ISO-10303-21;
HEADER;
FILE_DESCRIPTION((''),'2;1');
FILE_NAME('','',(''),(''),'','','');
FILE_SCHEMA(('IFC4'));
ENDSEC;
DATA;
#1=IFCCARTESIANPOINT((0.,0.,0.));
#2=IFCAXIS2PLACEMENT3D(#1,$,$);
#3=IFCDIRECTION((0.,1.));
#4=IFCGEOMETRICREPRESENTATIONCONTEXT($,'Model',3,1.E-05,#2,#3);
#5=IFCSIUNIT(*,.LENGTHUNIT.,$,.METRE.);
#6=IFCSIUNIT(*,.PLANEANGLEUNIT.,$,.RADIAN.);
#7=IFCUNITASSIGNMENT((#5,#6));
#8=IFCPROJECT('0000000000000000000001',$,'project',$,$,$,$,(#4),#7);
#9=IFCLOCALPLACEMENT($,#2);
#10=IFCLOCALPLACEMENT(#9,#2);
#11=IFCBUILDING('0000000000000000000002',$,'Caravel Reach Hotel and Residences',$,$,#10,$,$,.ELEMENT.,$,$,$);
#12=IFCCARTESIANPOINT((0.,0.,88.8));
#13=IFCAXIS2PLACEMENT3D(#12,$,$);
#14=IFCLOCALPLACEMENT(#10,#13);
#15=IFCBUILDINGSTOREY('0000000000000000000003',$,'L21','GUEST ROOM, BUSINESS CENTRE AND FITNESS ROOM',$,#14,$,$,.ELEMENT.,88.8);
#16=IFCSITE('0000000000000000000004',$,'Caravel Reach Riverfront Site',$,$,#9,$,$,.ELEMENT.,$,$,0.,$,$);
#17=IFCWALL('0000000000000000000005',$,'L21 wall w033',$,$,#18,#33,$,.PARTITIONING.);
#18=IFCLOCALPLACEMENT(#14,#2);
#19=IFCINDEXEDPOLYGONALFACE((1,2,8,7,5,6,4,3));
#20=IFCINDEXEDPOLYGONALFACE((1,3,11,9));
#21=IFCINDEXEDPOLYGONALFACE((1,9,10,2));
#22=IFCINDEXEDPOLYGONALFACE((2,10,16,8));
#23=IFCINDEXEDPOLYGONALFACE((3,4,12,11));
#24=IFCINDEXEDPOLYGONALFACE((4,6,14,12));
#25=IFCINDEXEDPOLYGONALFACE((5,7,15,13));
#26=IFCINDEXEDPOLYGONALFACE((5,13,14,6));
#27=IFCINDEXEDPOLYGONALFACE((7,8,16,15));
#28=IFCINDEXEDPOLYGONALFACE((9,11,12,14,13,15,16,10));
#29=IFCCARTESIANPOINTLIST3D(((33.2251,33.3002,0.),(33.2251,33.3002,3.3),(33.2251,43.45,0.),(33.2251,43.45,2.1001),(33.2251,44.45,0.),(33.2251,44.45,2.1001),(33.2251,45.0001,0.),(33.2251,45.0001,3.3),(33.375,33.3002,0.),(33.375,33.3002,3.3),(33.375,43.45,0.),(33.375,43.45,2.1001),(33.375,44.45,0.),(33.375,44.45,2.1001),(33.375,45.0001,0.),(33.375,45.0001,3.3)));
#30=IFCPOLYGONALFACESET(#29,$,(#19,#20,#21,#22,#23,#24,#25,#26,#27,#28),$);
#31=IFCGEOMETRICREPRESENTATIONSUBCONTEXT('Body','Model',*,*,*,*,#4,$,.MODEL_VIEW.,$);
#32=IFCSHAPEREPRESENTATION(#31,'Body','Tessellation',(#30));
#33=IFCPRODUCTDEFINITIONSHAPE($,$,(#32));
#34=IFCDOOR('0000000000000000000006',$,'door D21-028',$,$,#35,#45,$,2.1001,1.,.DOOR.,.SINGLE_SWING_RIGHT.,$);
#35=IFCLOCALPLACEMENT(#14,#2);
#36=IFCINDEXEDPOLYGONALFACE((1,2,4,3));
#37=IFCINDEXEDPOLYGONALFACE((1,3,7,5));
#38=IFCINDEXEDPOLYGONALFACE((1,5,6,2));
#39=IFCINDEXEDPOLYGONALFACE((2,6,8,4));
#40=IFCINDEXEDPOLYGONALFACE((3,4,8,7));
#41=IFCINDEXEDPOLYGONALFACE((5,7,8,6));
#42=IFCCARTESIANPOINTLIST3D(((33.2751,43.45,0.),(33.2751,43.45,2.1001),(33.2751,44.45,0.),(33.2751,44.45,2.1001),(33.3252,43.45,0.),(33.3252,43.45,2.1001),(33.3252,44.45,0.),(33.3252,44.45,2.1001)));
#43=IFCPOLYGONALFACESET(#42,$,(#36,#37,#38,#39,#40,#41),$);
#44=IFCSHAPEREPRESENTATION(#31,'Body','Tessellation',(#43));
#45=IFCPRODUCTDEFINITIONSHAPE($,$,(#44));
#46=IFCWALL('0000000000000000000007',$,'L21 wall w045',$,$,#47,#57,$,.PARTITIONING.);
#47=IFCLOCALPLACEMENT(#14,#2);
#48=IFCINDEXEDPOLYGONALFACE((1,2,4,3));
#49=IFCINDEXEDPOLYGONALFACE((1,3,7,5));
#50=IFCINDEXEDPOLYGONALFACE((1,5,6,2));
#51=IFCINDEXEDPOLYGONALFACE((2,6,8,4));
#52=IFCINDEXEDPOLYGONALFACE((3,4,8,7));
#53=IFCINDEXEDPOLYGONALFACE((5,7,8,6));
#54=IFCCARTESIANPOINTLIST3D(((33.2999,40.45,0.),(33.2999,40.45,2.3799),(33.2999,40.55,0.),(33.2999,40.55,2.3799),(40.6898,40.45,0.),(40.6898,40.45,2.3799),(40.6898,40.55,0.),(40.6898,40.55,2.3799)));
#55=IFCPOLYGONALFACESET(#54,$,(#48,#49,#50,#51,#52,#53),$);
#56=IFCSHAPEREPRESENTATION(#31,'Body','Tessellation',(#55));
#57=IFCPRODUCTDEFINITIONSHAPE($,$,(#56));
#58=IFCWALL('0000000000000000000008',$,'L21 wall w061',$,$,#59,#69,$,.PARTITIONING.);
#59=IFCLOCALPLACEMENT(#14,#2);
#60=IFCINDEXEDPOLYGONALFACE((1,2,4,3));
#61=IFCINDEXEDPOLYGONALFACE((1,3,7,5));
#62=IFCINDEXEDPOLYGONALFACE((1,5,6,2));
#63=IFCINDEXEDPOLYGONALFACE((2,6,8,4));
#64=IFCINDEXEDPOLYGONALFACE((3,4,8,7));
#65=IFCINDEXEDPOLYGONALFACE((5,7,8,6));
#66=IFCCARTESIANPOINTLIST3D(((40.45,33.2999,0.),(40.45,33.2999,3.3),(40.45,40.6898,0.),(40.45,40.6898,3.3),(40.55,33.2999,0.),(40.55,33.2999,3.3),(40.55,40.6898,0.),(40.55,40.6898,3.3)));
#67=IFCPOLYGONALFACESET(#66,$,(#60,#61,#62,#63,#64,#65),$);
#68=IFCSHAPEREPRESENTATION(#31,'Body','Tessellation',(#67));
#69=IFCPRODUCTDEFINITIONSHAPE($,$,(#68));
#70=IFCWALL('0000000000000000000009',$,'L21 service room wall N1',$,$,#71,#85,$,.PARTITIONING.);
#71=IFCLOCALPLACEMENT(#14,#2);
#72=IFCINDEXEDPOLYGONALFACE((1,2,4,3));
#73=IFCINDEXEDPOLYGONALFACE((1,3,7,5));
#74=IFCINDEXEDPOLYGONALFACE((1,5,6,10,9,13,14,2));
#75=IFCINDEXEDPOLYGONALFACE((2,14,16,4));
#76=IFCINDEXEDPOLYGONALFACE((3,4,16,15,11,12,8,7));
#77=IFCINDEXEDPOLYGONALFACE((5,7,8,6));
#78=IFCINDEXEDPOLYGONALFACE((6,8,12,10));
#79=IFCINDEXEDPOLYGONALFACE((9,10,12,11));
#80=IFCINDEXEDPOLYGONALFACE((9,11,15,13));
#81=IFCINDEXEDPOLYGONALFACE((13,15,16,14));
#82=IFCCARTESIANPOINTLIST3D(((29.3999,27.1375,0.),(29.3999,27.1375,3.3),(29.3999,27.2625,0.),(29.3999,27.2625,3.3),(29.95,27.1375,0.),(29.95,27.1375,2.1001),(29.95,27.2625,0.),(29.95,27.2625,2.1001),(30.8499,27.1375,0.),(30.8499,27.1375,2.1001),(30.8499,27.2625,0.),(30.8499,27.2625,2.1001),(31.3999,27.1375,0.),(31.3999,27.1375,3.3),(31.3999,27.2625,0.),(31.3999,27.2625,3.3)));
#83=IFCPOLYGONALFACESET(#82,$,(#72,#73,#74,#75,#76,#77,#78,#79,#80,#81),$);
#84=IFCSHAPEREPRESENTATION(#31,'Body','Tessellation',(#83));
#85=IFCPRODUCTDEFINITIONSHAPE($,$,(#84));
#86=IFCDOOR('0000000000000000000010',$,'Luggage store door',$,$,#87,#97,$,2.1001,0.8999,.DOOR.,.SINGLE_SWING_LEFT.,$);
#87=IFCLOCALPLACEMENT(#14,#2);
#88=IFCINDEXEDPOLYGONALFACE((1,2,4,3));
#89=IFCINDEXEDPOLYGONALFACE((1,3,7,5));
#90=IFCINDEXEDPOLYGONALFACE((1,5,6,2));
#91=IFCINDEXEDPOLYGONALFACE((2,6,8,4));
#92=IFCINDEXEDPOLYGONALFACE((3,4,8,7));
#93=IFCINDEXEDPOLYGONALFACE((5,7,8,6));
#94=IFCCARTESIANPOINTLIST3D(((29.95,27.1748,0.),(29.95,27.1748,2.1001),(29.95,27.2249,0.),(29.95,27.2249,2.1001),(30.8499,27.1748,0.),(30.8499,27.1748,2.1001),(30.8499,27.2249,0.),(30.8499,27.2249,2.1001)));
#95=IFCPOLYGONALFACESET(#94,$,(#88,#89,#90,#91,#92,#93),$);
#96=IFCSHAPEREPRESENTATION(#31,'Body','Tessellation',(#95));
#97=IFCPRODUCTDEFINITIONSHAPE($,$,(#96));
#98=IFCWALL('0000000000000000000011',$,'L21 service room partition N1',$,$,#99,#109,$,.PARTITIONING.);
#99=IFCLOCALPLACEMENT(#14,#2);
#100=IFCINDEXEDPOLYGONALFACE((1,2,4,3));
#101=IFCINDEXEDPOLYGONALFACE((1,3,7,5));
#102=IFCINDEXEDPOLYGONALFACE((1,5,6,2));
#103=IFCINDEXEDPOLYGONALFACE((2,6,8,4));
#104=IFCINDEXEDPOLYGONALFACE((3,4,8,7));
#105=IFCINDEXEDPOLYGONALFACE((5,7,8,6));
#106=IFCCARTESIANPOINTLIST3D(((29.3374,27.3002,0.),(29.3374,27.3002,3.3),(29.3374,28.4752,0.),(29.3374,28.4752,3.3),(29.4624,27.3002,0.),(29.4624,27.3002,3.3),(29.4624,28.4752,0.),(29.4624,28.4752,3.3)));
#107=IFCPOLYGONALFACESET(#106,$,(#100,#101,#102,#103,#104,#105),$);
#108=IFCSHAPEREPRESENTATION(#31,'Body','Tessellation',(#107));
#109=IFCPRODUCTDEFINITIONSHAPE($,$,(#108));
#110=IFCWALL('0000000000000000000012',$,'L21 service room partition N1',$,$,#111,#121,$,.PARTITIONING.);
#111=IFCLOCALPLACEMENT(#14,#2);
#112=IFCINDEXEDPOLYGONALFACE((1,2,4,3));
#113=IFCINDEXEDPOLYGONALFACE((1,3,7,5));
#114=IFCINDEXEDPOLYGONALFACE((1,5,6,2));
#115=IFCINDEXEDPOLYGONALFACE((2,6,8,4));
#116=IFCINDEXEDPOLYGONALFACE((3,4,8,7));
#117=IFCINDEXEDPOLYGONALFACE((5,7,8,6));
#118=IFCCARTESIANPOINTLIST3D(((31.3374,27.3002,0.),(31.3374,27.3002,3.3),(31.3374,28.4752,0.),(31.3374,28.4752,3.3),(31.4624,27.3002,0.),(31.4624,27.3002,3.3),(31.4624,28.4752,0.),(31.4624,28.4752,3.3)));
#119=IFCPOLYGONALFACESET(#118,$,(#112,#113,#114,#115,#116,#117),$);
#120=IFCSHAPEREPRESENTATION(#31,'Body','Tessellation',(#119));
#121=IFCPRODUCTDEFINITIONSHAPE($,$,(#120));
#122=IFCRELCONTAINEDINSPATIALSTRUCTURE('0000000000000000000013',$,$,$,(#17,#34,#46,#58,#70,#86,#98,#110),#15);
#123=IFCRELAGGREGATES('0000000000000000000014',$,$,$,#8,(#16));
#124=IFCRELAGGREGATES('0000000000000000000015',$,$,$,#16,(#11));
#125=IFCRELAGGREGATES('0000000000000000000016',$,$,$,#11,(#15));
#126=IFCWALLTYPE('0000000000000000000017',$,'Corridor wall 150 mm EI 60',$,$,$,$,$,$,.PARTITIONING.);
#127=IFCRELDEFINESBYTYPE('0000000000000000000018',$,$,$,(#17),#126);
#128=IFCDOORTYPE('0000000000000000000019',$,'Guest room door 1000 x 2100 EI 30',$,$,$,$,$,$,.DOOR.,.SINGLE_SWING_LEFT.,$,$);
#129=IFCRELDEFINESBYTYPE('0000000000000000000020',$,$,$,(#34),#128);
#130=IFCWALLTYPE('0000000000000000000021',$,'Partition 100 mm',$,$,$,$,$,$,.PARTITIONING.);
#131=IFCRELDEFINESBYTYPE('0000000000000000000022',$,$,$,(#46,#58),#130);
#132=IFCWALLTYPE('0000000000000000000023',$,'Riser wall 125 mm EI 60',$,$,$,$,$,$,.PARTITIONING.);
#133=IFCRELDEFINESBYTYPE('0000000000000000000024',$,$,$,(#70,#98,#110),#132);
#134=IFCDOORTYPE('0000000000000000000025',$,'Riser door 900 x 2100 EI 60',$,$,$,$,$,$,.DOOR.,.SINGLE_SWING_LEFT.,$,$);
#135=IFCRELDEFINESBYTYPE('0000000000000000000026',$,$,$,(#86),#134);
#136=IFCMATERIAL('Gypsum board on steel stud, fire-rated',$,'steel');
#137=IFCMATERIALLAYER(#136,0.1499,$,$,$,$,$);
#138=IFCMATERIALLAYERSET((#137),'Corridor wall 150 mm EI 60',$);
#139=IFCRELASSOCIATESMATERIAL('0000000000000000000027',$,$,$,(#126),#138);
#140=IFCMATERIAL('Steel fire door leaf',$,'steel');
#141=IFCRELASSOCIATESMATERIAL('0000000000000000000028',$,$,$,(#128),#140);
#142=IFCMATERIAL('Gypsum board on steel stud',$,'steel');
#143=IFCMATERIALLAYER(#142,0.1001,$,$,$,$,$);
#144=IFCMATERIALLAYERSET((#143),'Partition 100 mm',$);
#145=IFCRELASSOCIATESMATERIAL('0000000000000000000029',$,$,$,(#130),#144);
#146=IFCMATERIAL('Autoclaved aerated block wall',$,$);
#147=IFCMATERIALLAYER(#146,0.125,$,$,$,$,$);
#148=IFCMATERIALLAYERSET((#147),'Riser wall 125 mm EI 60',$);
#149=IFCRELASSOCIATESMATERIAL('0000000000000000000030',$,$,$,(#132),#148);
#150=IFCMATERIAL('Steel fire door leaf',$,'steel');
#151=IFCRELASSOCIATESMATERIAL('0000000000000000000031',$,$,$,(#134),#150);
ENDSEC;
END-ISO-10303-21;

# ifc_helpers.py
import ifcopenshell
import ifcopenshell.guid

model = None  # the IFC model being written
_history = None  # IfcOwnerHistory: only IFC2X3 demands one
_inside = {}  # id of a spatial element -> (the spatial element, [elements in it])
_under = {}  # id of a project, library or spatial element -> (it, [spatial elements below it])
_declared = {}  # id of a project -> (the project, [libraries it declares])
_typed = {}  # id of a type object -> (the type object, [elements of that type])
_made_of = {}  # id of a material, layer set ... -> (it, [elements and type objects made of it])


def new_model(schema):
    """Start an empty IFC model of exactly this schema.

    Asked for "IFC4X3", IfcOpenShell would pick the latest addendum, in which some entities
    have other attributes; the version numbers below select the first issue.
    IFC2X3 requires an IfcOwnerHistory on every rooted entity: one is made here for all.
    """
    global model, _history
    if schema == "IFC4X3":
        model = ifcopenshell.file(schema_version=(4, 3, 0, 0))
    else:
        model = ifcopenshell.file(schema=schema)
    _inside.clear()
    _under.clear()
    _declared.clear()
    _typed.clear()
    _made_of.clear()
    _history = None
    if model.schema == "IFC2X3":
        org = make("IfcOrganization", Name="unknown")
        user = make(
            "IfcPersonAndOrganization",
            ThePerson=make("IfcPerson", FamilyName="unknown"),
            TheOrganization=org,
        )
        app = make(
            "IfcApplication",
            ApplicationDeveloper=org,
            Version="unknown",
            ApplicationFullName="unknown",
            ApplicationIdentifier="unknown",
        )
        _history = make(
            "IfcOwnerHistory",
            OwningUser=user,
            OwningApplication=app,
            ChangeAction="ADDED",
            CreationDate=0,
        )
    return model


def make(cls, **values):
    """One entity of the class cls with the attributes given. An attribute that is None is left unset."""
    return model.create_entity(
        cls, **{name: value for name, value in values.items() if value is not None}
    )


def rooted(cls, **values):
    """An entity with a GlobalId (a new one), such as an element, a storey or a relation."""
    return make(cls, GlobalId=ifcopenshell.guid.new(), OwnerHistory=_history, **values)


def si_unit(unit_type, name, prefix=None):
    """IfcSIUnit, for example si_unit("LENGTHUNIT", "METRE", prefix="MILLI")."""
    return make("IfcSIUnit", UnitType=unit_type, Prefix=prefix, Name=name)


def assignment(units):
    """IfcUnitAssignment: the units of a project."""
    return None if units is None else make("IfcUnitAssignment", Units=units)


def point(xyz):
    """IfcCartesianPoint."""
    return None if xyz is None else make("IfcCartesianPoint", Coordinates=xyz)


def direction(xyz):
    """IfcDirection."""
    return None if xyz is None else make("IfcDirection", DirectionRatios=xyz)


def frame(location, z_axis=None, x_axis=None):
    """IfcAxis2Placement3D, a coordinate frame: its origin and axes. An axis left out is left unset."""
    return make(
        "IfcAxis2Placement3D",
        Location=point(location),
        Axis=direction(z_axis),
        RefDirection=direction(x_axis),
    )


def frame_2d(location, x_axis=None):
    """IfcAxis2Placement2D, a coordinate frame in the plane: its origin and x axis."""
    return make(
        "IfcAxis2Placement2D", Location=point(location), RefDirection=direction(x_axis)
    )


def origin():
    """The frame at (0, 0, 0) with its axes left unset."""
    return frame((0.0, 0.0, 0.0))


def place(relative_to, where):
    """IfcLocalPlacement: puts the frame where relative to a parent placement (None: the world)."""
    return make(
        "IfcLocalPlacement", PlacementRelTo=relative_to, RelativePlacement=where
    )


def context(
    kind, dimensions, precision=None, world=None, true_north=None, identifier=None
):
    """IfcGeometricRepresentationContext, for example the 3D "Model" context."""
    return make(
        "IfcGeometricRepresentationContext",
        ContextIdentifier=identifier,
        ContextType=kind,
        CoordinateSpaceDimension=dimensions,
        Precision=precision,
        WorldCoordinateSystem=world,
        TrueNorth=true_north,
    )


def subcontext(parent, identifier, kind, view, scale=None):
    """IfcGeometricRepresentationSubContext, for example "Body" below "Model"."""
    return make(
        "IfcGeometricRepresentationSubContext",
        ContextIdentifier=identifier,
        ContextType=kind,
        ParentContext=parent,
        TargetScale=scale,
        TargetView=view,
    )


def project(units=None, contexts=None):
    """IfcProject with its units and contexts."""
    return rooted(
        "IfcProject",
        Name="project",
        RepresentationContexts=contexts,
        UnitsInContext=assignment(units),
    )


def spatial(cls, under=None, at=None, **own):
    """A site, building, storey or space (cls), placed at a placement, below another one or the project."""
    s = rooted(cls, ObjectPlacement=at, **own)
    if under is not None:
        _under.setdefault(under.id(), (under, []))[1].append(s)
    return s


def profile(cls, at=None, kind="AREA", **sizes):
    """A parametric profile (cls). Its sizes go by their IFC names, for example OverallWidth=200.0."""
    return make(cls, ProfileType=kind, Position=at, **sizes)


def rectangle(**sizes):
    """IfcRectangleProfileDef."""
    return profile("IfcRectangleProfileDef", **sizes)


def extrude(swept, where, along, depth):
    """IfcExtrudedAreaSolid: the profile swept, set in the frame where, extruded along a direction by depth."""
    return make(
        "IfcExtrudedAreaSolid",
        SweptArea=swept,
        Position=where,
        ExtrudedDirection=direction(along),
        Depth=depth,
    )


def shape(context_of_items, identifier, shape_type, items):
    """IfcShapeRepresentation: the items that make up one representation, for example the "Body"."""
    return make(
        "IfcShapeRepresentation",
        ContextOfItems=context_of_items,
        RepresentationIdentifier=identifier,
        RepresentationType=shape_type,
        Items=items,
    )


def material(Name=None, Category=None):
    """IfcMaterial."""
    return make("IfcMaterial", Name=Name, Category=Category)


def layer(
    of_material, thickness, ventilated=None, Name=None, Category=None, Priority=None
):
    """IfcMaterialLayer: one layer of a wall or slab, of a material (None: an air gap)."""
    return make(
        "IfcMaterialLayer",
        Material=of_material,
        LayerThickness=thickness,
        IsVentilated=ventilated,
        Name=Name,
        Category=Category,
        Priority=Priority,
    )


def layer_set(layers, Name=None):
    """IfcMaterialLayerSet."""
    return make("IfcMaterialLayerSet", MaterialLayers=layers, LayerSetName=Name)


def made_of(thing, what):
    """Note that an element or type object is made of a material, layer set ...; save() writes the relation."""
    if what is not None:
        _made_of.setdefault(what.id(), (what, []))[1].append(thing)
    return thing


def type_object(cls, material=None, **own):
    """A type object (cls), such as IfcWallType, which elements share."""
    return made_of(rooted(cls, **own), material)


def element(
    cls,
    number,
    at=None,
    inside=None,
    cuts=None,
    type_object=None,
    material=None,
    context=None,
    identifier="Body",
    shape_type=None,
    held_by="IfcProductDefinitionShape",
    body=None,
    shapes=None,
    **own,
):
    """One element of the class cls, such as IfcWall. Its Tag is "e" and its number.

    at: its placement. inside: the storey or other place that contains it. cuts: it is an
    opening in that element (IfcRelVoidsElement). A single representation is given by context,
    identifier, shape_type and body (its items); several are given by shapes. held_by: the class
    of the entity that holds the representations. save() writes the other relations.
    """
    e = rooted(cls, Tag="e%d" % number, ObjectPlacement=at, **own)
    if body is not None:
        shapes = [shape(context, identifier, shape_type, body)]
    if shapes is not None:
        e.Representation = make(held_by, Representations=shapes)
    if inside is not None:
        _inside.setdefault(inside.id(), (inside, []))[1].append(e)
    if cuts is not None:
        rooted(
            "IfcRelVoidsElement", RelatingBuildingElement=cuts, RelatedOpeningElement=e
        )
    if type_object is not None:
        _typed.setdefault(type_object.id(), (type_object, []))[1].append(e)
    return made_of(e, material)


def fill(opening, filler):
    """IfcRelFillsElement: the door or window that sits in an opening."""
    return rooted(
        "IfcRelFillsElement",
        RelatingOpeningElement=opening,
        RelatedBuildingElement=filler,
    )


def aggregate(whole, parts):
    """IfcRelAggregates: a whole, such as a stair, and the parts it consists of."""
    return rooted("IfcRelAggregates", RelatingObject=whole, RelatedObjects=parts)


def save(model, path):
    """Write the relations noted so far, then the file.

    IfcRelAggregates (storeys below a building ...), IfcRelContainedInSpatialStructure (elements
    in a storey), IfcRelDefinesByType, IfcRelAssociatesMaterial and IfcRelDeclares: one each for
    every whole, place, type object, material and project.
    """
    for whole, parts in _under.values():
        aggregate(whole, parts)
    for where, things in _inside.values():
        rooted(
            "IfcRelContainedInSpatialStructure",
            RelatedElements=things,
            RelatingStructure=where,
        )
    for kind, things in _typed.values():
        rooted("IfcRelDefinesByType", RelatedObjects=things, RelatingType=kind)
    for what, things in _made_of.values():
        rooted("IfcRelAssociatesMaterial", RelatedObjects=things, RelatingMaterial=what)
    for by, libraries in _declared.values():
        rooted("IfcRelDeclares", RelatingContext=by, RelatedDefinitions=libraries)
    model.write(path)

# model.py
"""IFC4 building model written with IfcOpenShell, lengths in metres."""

from ifc_helpers import new_model, si_unit, direction, frame, frame_2d, origin, place, context, subcontext, project, spatial, rectangle, extrude, material, layer, layer_set, type_object, element, fill, save


model = new_model("IFC4")

# Units and contexts
model_context = context("Model", 3, precision=1e-05, world=origin(), true_north=direction((0.0, 1.0)))
body_context = subcontext(model_context, "Body", "Model", "MODEL_VIEW")
ifc_project = project(units=[si_unit("LENGTHUNIT", "METRE"), si_unit("PLANEANGLEUNIT", "RADIAN")], contexts=[model_context])

# Site, building, storey
site_placement = place(None, origin())
site = spatial("IfcSite", under=ifc_project, at=site_placement, Name="Caravel Reach Riverfront Site", CompositionType="ELEMENT", RefElevation=0.0)
building_placement = place(site_placement, origin())
building = spatial("IfcBuilding", under=site, at=building_placement, Name="Caravel Reach Hotel and Residences", CompositionType="ELEMENT")
storey_placement = place(building_placement, frame((0.0, 0.0, 88.8)))
storey = spatial("IfcBuildingStorey", under=building, at=storey_placement, Name="L21", Description="GUEST ROOM, BUSINESS CENTRE AND FITNESS ROOM", CompositionType="ELEMENT", Elevation=88.8)

# Shared definitions
ifc_material_1 = material(Name="Gypsum board on steel stud, fire-rated", Category="steel")
ifc_layer_1 = layer(ifc_material_1, 0.1499)
ifc_layer_set_1 = layer_set([ifc_layer_1], Name="Corridor wall 150 mm EI 60")
wall_type_1 = type_object("IfcWallType", Name="Corridor wall 150 mm EI 60", PredefinedType="PARTITIONING", material=ifc_layer_set_1)
ifc_material_2 = material(Name="Steel fire door leaf", Category="steel")
door_type_1 = type_object("IfcDoorType", Name="Guest room door 1000 x 2100 EI 30", OperationType="SINGLE_SWING_LEFT", PredefinedType="DOOR", material=ifc_material_2)

# Wall, opening, door
wall_1_placement = place(storey_placement, frame((33.3, 33.3, 0.0), z_axis=(0.0, 0.0, 1.0), x_axis=(0.0, 1.0, 0.0)))
wall_1 = element("IfcWall", 1, at=wall_1_placement, inside=storey, type_object=wall_type_1, Name="L21 wall w033", PredefinedType="PARTITIONING", context=body_context, shape_type="SweptSolid", body=[
    extrude(rectangle(XDim=11.7, YDim=0.1499, at=frame_2d((5.8501, 0.0))), origin(), (0.0, 0.0, 1.0), 3.3),
])
opening_1_placement = place(wall_1_placement, frame((10.1499, 0.0, 0.0)))
opening_1 = element("IfcOpeningElement", 2, at=opening_1_placement, cuts=wall_1, PredefinedType="OPENING", context=body_context, shape_type="SweptSolid", body=[
    extrude(rectangle(XDim=1.0, YDim=2.1001, at=frame_2d((0.5, 1.05))), frame((0.0, 0.085, 0.0), z_axis=(0.0, -1.0, 0.0), x_axis=(1.0, 0.0, 0.0)), (0.0, 0.0, 1.0), 0.1699),
])
door_1_placement = place(opening_1_placement, origin())
door_1 = element("IfcDoor", 3, at=door_1_placement, inside=storey, type_object=door_type_1, Name="door D21-028", OperationType="SINGLE_SWING_RIGHT", OverallHeight=2.1001, OverallWidth=1.0, PredefinedType="DOOR", context=body_context, shape_type="SweptSolid", body=[
    extrude(rectangle(XDim=1.0, YDim=2.1001, at=frame_2d((0.5, 1.05))), frame((0.0, 0.0249, 0.0), z_axis=(0.0, -1.0, 0.0), x_axis=(1.0, 0.0, 0.0)), (0.0, 0.0, 1.0), 0.05),
])
fill(opening_1, door_1)

# Walls
ifc_material_3 = material(Name="Gypsum board on steel stud", Category="steel")
ifc_layer_2 = layer(ifc_material_3, 0.1001)
ifc_layer_set_2 = layer_set([ifc_layer_2], Name="Partition 100 mm")
wall_type_2 = type_object("IfcWallType", Name="Partition 100 mm", PredefinedType="PARTITIONING", material=ifc_layer_set_2)
wall_2_placement = place(storey_placement, frame((33.3, 40.5, 0.0), z_axis=(0.0, 0.0, 1.0), x_axis=(1.0, 0.0, 0.0)))
element("IfcWall", 4, at=wall_2_placement, inside=storey, type_object=wall_type_2, Name="L21 wall w045", PredefinedType="PARTITIONING", context=body_context, shape_type="SweptSolid", body=[
    extrude(rectangle(XDim=7.3899, YDim=0.1001, at=frame_2d((3.6948, 0.0))), origin(), (0.0, 0.0, 1.0), 2.3799),
])
wall_3_placement = place(storey_placement, frame((40.5, 33.3, 0.0), z_axis=(0.0, 0.0, 1.0), x_axis=(0.0, 1.0, 0.0)))
element("IfcWall", 5, at=wall_3_placement, inside=storey, type_object=wall_type_2, Name="L21 wall w061", PredefinedType="PARTITIONING", context=body_context, shape_type="SweptSolid", body=[
    extrude(rectangle(XDim=7.3899, YDim=0.1001, at=frame_2d((3.6948, 0.0))), origin(), (0.0, 0.0, 1.0), 3.3),
])

# Wall, opening, door
ifc_material_4 = material(Name="Autoclaved aerated block wall")
ifc_layer_3 = layer(ifc_material_4, 0.125)
ifc_layer_set_3 = layer_set([ifc_layer_3], Name="Riser wall 125 mm EI 60")
wall_type_3 = type_object("IfcWallType", Name="Riser wall 125 mm EI 60", PredefinedType="PARTITIONING", material=ifc_layer_set_3)
wall_4_placement = place(storey_placement, frame((29.3999, 27.2, 0.0), z_axis=(0.0, 0.0, 1.0), x_axis=(1.0, 0.0, 0.0)))
wall_4 = element("IfcWall", 6, at=wall_4_placement, inside=storey, type_object=wall_type_3, Name="L21 service room wall N1", PredefinedType="PARTITIONING", context=body_context, shape_type="SweptSolid", body=[
    extrude(rectangle(XDim=2.0, YDim=0.125, at=frame_2d((1.0, 0.0))), origin(), (0.0, 0.0, 1.0), 3.3),
])
opening_2_placement = place(wall_4_placement, frame((0.55, 0.0, 0.0)))
opening_2 = element("IfcOpeningElement", 7, at=opening_2_placement, cuts=wall_4, PredefinedType="OPENING", context=body_context, shape_type="SweptSolid", body=[
    extrude(rectangle(XDim=0.8999, YDim=2.1001, at=frame_2d((0.45, 1.05))), frame((0.0, 0.0725, 0.0), z_axis=(0.0, -1.0, 0.0), x_axis=(1.0, 0.0, 0.0)), (0.0, 0.0, 1.0), 0.145),
])
ifc_material_5 = material(Name="Steel fire door leaf", Category="steel")
door_type_2 = type_object("IfcDoorType", Name="Riser door 900 x 2100 EI 60", OperationType="SINGLE_SWING_LEFT", PredefinedType="DOOR", material=ifc_material_5)
door_2_placement = place(opening_2_placement, origin())
door_2 = element("IfcDoor", 8, at=door_2_placement, inside=storey, type_object=door_type_2, Name="Luggage store door", OperationType="SINGLE_SWING_LEFT", OverallHeight=2.1001, OverallWidth=0.8999, PredefinedType="DOOR", context=body_context, shape_type="SweptSolid", body=[
    extrude(rectangle(XDim=0.8999, YDim=2.1001, at=frame_2d((0.45, 1.05))), frame((0.0, 0.0249, 0.0), z_axis=(0.0, -1.0, 0.0), x_axis=(1.0, 0.0, 0.0)), (0.0, 0.0, 1.0), 0.05),
])
fill(opening_2, door_2)

# Walls
for number, where, z_axis, x_axis, name in (
    (9, (29.3999, 28.4751, 0.0), (0.0, 0.0, 1.0), (0.0, -1.0, 0.0), "L21 service room partition N1"),
    (10, (31.3999, 28.4751, 0.0), (0.0, 0.0, 1.0), (0.0, -1.0, 0.0), "L21 service room partition N1"),
):
    element("IfcWall", number, at=place(storey_placement, frame(where, z_axis=z_axis, x_axis=x_axis)), inside=storey, type_object=wall_type_3, Name=name, PredefinedType="PARTITIONING", context=body_context, shape_type="SweptSolid", body=[
        extrude(rectangle(XDim=1.175, YDim=0.125, at=frame_2d((0.5874, 0.0))), origin(), (0.0, 0.0, 1.0), 3.3),
    ])

save(model, "model.ifc")
